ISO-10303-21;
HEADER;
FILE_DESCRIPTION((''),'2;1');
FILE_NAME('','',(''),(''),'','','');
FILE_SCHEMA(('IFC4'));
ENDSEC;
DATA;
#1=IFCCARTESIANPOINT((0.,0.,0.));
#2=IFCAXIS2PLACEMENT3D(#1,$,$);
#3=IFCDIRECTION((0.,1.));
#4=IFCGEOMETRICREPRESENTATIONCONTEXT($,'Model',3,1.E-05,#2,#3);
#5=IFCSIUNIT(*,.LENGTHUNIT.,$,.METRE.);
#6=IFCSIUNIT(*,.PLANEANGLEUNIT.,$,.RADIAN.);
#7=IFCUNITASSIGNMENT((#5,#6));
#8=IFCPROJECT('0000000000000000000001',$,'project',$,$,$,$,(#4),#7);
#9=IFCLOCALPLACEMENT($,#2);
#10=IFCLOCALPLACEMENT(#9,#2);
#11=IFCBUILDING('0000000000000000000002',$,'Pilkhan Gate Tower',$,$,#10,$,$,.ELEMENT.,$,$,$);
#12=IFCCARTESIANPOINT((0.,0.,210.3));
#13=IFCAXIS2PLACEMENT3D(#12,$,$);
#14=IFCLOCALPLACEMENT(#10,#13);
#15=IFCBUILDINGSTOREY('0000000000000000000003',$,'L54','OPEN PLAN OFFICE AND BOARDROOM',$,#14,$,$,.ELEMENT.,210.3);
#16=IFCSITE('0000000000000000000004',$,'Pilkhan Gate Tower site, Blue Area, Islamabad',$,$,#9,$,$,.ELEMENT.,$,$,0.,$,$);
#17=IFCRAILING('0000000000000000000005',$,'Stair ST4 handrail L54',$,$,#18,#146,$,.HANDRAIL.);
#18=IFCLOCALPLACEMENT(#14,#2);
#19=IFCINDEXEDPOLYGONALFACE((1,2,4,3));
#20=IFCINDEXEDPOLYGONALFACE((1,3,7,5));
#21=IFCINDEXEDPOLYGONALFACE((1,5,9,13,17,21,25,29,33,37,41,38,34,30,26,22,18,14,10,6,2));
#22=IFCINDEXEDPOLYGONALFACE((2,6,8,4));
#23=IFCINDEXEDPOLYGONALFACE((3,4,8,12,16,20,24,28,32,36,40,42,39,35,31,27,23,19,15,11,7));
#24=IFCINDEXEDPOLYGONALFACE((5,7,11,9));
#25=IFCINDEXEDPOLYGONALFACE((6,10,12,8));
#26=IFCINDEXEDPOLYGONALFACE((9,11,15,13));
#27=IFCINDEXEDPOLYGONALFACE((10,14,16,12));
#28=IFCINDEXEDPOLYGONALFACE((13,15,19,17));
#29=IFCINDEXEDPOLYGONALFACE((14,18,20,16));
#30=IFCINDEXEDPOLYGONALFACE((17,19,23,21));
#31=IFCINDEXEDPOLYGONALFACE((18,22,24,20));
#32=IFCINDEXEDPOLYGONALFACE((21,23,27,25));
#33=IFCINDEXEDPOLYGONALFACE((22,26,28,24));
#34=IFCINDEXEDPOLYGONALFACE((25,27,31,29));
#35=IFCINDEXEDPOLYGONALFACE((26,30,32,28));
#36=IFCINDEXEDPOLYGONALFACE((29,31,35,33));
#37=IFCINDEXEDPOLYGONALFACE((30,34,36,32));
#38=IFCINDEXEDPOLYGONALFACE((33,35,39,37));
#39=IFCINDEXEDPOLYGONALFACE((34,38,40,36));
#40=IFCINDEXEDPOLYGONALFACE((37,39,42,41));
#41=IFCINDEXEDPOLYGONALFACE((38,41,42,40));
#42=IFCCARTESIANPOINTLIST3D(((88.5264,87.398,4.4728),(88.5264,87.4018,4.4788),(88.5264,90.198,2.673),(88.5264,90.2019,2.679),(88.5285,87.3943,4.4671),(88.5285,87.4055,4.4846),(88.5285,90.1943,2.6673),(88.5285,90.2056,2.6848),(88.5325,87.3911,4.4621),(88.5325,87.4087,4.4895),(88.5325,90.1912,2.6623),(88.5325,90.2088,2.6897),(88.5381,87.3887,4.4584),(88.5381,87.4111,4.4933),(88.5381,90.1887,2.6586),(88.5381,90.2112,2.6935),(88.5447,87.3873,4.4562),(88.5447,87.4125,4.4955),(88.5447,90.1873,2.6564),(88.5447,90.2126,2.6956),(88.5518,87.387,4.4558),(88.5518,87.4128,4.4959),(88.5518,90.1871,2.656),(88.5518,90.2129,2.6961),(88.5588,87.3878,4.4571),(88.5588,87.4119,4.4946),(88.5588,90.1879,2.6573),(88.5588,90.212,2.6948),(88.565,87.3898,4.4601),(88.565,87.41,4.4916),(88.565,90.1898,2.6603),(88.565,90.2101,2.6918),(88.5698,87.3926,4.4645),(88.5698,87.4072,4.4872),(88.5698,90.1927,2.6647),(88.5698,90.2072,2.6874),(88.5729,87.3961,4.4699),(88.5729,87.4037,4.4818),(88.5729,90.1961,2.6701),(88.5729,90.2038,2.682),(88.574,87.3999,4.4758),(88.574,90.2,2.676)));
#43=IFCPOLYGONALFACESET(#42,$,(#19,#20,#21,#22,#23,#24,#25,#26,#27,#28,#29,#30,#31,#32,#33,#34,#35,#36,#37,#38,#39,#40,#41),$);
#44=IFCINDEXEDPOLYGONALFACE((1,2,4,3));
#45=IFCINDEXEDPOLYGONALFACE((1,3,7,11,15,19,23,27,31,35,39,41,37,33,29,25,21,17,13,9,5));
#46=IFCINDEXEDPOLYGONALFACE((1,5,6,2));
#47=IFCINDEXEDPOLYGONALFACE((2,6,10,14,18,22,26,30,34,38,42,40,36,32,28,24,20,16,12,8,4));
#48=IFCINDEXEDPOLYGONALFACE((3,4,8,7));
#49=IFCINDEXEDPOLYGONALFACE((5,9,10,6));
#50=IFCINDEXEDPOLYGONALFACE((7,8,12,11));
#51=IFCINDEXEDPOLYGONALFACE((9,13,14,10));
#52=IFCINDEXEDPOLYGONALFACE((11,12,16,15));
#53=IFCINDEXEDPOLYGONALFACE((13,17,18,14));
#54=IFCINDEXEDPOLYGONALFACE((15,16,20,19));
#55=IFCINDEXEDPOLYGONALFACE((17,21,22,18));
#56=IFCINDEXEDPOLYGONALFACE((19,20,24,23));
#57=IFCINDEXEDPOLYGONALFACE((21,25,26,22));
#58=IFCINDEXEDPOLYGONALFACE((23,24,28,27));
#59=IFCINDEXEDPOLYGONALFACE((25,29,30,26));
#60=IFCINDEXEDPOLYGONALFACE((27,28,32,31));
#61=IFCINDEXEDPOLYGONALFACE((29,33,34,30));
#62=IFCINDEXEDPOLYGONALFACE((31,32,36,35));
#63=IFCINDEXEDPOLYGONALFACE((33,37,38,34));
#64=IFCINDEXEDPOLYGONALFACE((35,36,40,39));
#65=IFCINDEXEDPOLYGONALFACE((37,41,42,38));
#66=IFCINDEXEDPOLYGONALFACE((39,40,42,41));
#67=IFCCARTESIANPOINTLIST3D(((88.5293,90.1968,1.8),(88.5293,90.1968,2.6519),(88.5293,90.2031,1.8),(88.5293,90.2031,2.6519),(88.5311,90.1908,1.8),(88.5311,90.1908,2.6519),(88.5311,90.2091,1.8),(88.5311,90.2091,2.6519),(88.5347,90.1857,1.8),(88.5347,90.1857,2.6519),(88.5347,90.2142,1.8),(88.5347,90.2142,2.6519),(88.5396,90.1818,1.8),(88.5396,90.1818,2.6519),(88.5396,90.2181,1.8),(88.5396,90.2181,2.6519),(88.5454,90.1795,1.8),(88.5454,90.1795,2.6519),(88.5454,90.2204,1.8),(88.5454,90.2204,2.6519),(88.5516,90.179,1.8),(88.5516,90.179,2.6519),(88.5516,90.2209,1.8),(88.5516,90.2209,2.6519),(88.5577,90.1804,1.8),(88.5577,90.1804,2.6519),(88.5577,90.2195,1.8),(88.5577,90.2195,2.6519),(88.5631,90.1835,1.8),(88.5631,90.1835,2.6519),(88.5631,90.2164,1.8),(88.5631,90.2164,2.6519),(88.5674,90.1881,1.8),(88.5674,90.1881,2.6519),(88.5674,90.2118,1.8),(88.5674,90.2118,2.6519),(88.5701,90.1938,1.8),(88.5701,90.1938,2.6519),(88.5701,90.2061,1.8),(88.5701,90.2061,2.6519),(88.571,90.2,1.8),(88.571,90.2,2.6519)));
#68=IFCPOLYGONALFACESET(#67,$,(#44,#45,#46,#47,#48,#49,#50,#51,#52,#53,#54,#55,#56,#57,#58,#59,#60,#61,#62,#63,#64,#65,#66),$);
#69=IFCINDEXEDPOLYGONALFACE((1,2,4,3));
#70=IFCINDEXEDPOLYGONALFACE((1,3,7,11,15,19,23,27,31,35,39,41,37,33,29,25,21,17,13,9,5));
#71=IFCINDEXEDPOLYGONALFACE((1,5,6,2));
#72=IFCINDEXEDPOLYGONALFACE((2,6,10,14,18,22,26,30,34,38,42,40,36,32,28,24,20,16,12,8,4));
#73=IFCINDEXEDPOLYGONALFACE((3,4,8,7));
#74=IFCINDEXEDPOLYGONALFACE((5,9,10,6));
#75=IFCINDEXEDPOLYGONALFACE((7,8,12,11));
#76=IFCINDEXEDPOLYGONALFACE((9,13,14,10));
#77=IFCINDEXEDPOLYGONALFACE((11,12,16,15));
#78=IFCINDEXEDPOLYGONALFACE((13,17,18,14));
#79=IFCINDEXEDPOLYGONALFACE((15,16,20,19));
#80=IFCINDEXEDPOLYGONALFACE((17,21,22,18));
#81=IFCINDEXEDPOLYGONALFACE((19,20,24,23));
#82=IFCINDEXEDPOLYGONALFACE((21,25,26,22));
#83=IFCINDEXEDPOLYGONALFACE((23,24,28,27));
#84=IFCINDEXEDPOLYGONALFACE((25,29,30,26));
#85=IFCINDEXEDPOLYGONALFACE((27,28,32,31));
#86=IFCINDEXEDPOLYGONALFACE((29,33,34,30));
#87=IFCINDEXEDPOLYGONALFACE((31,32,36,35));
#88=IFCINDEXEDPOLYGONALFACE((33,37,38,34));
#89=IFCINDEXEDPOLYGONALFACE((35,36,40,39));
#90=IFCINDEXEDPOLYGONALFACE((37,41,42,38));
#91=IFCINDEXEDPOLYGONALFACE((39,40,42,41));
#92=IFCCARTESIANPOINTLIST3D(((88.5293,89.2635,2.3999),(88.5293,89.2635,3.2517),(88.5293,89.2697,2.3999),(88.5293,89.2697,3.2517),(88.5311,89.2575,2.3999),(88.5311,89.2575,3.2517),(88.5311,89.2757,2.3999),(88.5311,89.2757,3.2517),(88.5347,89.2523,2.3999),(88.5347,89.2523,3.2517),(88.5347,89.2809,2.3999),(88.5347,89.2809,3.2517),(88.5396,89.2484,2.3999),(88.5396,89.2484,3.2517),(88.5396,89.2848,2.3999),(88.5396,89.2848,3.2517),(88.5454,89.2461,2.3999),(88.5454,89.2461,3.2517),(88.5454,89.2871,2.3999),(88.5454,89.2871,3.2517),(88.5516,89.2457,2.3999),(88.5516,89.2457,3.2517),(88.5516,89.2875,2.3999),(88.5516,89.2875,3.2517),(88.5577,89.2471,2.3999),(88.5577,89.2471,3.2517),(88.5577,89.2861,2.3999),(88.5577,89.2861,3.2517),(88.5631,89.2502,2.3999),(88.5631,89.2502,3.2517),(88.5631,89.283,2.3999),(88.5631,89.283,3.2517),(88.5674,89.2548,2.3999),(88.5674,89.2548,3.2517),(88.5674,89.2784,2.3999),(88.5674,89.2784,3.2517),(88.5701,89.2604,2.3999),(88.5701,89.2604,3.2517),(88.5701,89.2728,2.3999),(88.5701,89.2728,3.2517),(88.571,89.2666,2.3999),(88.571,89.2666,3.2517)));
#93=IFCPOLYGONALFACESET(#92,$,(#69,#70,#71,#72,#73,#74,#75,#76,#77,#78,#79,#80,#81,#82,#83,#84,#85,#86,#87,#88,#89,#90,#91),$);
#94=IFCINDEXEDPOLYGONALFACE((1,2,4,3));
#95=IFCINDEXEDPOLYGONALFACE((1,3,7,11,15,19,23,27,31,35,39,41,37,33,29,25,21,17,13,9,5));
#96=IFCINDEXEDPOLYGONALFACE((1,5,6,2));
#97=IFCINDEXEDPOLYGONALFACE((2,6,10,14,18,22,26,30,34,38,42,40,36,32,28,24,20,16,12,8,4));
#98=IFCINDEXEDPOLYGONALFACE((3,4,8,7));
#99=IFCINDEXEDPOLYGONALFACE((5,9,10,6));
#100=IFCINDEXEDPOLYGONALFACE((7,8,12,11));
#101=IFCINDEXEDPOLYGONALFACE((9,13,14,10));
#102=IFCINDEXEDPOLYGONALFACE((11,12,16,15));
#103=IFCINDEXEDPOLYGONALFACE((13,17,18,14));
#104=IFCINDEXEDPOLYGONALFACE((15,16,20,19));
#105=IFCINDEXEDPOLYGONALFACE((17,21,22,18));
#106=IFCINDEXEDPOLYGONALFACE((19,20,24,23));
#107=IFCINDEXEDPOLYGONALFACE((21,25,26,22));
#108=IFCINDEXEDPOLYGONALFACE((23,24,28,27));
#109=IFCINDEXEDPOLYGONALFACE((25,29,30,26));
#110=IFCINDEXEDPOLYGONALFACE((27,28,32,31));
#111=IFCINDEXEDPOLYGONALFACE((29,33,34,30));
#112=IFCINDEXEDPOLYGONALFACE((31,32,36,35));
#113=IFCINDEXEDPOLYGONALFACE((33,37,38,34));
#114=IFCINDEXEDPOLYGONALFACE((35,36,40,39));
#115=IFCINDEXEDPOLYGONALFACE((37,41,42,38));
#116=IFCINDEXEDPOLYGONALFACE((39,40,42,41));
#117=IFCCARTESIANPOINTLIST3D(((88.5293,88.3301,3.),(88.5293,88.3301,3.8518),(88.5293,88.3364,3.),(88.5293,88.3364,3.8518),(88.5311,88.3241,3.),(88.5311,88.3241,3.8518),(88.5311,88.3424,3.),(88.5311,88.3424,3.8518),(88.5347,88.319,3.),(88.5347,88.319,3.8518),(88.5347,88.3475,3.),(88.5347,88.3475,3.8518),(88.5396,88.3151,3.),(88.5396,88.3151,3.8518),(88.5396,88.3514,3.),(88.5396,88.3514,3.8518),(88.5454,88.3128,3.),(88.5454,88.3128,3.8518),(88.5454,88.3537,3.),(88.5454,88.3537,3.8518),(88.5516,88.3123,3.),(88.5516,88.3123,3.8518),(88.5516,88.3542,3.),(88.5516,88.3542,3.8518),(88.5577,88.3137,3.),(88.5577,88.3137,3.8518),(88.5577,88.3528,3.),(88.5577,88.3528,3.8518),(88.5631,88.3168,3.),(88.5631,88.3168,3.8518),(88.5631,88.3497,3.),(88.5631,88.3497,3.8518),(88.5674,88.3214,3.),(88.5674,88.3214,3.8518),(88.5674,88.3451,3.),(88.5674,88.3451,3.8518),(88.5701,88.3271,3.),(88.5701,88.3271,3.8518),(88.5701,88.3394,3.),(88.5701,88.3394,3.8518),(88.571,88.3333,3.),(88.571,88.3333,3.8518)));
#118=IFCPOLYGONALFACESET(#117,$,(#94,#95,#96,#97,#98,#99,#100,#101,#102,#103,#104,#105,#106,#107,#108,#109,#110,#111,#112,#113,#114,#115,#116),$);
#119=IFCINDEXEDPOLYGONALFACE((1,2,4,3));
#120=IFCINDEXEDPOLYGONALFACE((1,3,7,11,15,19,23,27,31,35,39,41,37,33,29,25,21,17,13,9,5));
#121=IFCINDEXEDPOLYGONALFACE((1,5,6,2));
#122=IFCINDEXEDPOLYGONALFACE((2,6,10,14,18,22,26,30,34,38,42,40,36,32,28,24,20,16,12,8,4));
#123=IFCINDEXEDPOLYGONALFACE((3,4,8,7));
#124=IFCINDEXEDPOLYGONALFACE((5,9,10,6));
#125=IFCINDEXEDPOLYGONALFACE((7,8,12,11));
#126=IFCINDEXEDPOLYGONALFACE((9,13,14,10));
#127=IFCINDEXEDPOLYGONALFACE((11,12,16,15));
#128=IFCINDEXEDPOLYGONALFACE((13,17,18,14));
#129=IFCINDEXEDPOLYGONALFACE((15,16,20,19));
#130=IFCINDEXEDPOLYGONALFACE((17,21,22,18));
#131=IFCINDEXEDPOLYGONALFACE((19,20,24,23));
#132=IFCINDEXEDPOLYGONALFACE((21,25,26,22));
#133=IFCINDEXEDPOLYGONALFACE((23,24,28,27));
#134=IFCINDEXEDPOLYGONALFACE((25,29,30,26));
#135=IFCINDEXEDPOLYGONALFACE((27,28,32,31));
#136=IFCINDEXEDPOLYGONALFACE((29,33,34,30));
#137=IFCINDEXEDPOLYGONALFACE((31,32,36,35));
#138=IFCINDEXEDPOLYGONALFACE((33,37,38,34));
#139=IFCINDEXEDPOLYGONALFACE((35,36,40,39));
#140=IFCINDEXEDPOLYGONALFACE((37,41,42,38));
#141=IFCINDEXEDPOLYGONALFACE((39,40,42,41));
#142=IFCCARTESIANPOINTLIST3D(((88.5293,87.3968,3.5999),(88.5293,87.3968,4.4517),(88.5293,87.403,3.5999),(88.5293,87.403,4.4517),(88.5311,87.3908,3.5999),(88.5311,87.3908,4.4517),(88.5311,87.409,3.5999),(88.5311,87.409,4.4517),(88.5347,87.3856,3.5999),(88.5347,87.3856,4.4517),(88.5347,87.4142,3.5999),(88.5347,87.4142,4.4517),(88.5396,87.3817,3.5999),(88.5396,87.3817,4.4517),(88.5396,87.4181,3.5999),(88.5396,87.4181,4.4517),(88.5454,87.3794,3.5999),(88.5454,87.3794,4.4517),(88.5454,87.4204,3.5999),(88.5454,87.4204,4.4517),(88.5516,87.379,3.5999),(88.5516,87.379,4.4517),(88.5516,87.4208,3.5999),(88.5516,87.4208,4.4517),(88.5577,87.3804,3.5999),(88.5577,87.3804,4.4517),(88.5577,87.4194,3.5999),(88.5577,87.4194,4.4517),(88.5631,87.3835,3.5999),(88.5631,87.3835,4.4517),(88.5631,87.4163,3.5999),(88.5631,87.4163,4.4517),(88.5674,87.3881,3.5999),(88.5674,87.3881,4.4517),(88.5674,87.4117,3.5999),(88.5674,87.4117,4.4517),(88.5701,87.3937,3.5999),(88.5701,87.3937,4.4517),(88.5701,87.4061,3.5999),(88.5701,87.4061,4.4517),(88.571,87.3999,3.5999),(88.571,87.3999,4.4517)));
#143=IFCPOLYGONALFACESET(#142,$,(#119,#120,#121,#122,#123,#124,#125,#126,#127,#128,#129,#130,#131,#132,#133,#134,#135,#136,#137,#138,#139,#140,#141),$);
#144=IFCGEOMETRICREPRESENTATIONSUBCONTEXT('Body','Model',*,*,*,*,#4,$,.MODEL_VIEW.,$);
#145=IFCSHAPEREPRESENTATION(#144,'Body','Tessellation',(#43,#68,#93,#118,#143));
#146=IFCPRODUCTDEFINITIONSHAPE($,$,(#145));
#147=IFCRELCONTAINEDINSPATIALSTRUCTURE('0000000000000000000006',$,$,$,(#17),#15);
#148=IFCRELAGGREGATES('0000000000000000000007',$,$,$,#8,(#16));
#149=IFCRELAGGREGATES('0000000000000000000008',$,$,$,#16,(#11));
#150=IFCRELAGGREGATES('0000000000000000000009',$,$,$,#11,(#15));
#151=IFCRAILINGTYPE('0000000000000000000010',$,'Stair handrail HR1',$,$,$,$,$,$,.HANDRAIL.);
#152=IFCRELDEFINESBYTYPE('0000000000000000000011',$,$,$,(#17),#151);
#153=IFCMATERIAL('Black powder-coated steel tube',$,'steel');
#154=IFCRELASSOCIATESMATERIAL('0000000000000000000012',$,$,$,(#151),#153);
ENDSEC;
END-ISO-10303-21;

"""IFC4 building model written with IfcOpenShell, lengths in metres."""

from ifc_helpers import new_model, si_unit, direction, frame, origin, origin_2d, place, context, subcontext, project, spatial, circle, extrude, material, type_object, element, save


model = new_model("IFC4")

# Units and contexts
model_context = context("Model", 3, precision=1e-05, world=origin(), true_north=direction((0.0, 1.0)))
body_context = subcontext(model_context, "Body", "Model", "MODEL_VIEW")
ifc_project = project(units=[si_unit("LENGTHUNIT", "METRE"), si_unit("PLANEANGLEUNIT", "RADIAN")], contexts=[model_context])

# Site, building, storey
site_placement = place(None, origin())
site = spatial("IfcSite", under=ifc_project, at=site_placement, Name="Pilkhan Gate Tower site, Blue Area, Islamabad", CompositionType="ELEMENT", RefElevation=0.0)
building_placement = place(site_placement, origin())
building = spatial("IfcBuilding", under=site, at=building_placement, Name="Pilkhan Gate Tower", CompositionType="ELEMENT")
storey_placement = place(building_placement, frame((0.0, 0.0, 210.3)))
storey = spatial("IfcBuildingStorey", under=building, at=storey_placement, Name="L54", Description="OPEN PLAN OFFICE AND BOARDROOM", CompositionType="ELEMENT", Elevation=210.3)

# Railing
ifc_material_1 = material(Name="Black powder-coated steel tube", Category="steel")
railing_type_1 = type_object("IfcRailingType", Name="Stair handrail HR1", PredefinedType="HANDRAIL", material=ifc_material_1)
for number, where, name in (
    (1, (88.55, 90.2, 1.8), "Stair ST4 handrail L54"),
):
    element("IfcRailing", number, at=place(storey_placement, frame(where)), inside=storey, type_object=railing_type_1, Name=name, PredefinedType="HANDRAIL", context=body_context, shape_type="SweptSolid", body=[
        extrude(circle(Radius=0.0239, at=origin_2d()), frame((0.0, 0.0, 0.876), z_axis=(0.0, -0.841209, 0.540709), x_axis=(1.0, 0.0, 0.0)), (0.0, 0.0, 1.0), 3.3286),
        extrude(circle(Radius=0.021, at=origin_2d()), origin(), (0.0, 0.0, 1.0), 0.8518),
        extrude(circle(Radius=0.021, at=origin_2d()), frame((0.0, -0.9333, 0.5999)), (0.0, 0.0, 1.0), 0.8518),
        extrude(circle(Radius=0.021, at=origin_2d()), frame((0.0, -1.8667, 1.2)), (0.0, 0.0, 1.0), 0.8518),
        extrude(circle(Radius=0.021, at=origin_2d()), frame((0.0, -2.8, 1.7998)), (0.0, 0.0, 1.0), 0.8518),
    ])

save(model, "model.ifc")
